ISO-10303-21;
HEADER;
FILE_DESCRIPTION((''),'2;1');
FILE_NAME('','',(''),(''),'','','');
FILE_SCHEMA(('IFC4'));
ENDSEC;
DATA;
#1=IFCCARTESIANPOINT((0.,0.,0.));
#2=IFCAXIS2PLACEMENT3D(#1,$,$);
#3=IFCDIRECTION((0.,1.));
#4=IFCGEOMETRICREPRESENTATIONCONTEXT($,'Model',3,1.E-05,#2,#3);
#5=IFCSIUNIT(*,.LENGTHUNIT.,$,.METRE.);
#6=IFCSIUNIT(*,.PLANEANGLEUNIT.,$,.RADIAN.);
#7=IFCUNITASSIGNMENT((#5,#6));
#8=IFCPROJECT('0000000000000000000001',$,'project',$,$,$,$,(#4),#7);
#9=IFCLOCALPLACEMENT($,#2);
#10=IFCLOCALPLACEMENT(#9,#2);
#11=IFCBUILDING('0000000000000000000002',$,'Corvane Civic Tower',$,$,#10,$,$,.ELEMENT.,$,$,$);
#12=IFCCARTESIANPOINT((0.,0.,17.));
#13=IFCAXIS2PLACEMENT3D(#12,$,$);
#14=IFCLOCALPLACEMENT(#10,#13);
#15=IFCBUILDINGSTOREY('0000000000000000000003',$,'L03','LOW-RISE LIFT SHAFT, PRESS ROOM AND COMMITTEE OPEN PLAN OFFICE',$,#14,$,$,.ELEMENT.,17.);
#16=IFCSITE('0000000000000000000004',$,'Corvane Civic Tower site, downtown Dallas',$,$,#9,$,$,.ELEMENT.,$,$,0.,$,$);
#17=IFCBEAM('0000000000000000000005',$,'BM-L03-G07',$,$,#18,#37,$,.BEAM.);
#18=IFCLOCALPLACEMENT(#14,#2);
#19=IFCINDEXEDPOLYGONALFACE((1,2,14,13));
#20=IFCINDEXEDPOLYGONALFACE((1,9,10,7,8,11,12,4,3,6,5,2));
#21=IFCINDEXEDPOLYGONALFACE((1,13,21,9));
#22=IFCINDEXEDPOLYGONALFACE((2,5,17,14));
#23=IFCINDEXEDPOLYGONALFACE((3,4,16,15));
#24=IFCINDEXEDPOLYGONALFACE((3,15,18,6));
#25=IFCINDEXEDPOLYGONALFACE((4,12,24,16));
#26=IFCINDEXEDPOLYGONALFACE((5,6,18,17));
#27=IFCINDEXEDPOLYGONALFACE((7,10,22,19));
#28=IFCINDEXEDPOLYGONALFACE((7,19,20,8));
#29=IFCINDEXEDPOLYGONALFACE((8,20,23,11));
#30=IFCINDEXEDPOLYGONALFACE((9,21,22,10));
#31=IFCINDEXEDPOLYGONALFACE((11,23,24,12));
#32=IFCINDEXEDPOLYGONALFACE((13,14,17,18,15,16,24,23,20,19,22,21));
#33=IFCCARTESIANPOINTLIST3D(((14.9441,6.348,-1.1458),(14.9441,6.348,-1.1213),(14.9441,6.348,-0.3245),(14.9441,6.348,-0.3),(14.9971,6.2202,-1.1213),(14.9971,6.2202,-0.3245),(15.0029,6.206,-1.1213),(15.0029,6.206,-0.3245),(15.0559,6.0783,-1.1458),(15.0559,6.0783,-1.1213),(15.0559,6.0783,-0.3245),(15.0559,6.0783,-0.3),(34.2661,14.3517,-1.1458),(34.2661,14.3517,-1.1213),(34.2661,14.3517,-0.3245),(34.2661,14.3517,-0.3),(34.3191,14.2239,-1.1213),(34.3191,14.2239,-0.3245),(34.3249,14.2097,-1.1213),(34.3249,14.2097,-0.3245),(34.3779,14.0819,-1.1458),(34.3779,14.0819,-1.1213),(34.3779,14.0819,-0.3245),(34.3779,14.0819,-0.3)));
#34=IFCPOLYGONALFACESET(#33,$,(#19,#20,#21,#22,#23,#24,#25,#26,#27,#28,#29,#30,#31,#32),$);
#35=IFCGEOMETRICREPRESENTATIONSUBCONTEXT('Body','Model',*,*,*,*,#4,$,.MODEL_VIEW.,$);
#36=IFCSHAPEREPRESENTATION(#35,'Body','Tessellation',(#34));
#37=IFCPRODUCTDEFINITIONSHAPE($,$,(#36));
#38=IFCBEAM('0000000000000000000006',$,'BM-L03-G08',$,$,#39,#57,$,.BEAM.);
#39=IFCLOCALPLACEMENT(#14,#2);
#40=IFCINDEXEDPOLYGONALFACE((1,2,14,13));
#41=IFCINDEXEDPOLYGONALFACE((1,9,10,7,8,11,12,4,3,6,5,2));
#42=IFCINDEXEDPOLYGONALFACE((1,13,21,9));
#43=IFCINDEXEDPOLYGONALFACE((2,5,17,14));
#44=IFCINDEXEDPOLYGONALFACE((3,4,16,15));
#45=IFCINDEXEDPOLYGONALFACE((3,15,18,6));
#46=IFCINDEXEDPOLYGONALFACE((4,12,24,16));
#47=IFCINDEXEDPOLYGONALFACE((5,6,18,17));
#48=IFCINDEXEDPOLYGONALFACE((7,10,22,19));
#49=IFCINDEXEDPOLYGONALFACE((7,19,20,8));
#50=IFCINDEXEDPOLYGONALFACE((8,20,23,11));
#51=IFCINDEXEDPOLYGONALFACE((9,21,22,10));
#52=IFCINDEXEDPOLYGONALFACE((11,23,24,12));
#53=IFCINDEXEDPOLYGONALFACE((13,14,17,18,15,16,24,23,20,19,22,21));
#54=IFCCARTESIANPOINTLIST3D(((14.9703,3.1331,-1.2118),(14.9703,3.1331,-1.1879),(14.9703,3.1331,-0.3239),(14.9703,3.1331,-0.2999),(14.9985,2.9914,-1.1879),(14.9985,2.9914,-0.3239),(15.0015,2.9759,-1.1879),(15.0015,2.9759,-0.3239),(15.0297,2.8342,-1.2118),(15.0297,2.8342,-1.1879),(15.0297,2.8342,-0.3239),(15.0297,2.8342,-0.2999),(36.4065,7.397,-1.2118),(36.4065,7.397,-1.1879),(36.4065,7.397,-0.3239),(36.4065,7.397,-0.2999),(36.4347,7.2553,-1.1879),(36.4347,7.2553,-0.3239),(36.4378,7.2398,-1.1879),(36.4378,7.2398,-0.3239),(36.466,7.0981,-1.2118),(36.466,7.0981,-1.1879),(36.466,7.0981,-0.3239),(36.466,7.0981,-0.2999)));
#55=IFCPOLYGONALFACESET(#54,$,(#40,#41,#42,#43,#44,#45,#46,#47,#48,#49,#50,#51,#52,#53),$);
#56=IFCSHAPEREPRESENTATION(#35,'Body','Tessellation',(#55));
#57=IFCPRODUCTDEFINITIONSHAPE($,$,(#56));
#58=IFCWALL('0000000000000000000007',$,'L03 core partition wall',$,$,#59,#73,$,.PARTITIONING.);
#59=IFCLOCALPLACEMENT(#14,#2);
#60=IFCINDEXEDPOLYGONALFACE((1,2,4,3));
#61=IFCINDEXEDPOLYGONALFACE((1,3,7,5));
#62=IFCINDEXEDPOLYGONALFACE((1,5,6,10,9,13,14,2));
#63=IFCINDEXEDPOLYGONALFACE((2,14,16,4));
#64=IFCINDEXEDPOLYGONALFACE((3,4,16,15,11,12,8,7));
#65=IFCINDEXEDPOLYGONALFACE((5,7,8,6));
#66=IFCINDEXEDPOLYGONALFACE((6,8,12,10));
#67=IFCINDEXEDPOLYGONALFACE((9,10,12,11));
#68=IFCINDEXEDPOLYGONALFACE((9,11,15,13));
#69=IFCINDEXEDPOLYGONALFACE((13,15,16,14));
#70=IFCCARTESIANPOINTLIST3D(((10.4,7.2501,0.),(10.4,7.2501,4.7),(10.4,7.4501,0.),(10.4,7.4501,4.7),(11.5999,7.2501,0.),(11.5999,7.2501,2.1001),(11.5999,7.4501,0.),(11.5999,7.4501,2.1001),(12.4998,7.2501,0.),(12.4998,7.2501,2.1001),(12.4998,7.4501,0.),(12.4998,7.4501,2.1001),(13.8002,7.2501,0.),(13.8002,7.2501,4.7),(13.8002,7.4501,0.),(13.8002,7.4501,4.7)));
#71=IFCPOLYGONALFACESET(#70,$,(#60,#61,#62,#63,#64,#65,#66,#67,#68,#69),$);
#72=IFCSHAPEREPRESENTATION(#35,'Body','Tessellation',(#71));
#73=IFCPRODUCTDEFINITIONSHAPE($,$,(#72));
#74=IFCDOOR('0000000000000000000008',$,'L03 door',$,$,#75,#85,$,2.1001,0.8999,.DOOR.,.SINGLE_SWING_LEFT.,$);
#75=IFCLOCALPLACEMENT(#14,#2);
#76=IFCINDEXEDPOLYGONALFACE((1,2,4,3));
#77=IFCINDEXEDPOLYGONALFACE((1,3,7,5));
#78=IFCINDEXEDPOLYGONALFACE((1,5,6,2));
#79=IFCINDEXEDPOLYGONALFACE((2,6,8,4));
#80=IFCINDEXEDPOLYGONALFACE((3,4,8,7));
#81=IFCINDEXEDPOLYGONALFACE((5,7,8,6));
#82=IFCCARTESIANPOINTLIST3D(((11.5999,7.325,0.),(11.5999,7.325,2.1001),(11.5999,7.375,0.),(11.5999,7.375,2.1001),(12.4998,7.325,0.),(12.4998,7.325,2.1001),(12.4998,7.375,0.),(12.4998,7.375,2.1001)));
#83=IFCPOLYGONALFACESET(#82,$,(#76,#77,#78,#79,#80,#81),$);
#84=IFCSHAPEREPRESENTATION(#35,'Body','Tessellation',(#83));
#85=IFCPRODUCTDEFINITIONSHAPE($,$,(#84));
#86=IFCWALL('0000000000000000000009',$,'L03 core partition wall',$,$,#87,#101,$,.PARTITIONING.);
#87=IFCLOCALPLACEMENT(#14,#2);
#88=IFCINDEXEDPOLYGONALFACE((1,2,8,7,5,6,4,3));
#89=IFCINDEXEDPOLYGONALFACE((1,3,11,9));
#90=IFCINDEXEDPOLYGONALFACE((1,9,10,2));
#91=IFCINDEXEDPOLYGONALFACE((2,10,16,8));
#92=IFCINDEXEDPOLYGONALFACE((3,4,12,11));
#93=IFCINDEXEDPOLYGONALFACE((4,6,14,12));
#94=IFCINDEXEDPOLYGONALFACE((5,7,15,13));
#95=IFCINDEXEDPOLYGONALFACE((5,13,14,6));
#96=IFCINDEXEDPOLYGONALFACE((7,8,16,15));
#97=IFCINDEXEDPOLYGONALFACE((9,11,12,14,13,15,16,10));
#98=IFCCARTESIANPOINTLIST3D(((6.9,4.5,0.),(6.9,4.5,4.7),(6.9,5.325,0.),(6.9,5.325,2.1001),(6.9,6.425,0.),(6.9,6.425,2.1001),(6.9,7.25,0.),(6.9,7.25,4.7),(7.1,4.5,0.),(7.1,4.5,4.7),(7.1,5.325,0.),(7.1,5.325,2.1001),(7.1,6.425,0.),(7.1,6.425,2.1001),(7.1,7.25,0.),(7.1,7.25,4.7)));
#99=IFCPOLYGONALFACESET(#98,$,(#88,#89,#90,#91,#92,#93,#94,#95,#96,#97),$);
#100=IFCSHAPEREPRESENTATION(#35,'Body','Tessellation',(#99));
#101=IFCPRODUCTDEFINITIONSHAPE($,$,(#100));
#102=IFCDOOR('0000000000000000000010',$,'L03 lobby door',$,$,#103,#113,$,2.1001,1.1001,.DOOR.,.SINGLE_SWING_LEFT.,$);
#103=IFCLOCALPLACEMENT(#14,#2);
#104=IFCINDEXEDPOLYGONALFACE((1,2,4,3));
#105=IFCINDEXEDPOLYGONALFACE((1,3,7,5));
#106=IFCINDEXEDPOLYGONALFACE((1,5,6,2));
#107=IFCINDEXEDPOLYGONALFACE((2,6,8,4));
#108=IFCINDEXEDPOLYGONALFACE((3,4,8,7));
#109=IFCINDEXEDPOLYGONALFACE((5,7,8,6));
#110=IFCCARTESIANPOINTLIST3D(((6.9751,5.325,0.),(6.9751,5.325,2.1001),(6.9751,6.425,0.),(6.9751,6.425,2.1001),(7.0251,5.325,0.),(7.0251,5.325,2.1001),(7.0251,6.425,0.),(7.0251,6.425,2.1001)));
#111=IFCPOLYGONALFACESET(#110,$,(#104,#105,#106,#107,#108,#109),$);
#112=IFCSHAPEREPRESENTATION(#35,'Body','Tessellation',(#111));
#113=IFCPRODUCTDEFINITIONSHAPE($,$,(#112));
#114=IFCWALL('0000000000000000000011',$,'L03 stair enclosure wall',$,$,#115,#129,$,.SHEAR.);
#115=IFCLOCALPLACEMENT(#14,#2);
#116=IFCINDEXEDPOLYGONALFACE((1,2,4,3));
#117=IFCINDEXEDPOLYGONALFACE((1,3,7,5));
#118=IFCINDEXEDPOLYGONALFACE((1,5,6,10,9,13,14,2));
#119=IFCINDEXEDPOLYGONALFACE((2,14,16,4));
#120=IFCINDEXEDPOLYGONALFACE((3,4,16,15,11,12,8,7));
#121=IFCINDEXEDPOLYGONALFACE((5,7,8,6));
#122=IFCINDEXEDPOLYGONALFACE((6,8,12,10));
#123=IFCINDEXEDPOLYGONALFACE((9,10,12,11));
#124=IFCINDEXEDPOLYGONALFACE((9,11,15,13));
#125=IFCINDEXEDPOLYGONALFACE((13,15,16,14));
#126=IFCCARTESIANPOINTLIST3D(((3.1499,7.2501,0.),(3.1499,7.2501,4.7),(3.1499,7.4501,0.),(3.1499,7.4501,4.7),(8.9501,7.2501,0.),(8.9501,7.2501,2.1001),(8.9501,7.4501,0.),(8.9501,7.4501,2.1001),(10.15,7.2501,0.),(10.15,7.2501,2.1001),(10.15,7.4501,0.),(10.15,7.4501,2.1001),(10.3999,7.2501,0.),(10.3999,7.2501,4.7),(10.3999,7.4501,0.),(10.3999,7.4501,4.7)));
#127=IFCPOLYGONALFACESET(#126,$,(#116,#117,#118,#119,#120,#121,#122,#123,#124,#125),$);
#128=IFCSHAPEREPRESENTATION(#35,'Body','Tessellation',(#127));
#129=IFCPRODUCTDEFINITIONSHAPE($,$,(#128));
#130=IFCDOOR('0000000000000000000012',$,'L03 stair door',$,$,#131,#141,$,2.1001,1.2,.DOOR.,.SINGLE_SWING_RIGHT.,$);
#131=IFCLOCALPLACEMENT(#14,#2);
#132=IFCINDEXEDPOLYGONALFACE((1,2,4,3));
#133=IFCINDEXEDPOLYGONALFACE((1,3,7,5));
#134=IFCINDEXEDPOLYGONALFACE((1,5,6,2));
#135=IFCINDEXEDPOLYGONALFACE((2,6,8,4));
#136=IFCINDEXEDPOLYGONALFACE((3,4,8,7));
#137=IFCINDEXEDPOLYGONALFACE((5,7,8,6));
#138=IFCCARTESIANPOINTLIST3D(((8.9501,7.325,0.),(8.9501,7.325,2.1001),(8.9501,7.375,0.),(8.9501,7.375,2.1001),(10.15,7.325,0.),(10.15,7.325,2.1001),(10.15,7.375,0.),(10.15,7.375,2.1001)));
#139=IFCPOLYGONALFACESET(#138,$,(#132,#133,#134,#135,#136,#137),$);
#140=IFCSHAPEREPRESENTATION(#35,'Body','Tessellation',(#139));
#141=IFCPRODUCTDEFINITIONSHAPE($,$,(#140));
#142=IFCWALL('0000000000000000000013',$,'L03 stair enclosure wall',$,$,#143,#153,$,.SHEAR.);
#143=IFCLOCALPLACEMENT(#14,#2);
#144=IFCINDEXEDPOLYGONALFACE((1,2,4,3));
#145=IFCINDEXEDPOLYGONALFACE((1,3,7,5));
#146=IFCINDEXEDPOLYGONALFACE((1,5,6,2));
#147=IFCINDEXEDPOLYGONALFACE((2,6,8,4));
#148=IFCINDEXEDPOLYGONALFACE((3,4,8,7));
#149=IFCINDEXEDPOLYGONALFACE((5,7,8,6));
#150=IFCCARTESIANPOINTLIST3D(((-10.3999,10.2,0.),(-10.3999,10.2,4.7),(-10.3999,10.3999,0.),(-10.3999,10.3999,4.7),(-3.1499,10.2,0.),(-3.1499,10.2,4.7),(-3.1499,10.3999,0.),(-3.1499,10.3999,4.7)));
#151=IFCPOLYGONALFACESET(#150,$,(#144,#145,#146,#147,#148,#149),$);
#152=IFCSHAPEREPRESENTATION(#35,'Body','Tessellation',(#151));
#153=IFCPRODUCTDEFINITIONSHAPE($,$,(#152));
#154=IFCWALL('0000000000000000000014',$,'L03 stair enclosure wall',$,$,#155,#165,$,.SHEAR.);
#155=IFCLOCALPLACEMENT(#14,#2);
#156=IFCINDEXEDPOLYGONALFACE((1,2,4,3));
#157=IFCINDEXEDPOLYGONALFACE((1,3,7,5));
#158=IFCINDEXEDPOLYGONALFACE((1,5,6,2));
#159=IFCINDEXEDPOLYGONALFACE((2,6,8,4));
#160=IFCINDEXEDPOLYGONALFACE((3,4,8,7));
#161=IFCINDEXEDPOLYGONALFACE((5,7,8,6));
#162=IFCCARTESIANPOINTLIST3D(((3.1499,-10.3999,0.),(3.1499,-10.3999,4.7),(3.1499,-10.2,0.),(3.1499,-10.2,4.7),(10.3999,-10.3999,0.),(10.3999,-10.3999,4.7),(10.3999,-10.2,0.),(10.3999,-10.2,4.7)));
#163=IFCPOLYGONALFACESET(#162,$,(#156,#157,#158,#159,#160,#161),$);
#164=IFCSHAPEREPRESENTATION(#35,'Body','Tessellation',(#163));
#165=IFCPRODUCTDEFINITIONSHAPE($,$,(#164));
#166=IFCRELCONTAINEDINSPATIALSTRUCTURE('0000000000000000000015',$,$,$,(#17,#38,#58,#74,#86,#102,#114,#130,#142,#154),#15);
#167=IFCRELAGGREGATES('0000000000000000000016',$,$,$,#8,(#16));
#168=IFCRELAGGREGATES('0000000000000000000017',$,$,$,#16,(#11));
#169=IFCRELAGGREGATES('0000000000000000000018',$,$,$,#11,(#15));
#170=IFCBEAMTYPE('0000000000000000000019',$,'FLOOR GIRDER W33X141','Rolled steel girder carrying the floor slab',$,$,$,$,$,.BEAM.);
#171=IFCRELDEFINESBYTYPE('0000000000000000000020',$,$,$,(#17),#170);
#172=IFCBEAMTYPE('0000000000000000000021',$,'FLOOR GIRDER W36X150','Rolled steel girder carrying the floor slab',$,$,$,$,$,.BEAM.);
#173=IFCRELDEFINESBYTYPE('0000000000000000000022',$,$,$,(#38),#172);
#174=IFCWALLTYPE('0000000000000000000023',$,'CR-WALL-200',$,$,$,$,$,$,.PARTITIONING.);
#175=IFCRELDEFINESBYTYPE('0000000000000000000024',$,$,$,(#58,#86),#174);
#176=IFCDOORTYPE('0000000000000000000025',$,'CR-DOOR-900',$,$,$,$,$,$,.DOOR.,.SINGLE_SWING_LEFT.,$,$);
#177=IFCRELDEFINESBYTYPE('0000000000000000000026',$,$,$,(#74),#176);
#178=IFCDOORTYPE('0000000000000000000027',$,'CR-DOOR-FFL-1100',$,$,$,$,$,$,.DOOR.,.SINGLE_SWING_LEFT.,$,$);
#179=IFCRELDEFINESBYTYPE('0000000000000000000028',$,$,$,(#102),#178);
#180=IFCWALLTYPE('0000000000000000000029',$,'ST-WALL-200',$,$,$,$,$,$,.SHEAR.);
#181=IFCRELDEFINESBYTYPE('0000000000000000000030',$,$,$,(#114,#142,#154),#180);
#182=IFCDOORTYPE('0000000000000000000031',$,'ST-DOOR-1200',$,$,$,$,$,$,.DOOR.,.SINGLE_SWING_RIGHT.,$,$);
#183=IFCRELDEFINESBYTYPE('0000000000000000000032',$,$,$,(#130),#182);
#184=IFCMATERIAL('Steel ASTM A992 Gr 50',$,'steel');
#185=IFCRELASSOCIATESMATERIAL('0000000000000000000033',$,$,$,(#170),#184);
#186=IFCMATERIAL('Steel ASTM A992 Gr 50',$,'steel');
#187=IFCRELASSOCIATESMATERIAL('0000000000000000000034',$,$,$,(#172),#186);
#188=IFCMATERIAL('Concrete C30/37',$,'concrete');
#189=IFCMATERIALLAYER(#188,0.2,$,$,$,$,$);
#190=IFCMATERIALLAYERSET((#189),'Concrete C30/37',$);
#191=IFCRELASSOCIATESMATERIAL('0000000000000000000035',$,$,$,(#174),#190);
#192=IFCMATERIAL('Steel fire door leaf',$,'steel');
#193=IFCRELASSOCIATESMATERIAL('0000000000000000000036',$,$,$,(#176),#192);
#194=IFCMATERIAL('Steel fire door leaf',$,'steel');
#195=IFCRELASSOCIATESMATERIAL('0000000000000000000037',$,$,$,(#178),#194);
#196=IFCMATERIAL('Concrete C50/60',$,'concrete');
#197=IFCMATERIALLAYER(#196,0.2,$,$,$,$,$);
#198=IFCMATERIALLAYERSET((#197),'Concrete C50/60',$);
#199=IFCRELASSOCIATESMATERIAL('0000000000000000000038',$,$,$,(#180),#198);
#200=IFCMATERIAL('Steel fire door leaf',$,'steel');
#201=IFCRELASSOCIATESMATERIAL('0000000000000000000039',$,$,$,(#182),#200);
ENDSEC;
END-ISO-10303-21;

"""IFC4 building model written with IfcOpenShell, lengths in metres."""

from ifc_helpers import new_model, si_unit, direction, frame, frame_2d, origin, origin_2d, place, context, subcontext, project, spatial, polyline, rectangle, i_section, outline, extrude, material, layer, layer_set, material_profile, profile_set, type_object, element, fill, save


model = new_model("IFC4")

# Units and contexts
model_context = context("Model", 3, precision=1e-05, world=origin(), true_north=direction((0.0, 1.0)))
body_context = subcontext(model_context, "Body", "Model", "MODEL_VIEW")
ifc_project = project(units=[si_unit("LENGTHUNIT", "METRE"), si_unit("PLANEANGLEUNIT", "RADIAN")], contexts=[model_context])

# Site, building, storey
site_placement = place(None, origin())
site = spatial("IfcSite", under=ifc_project, at=site_placement, Name="Corvane Civic Tower site, downtown Dallas", CompositionType="ELEMENT", RefElevation=0.0)
building_placement = place(site_placement, origin())
building = spatial("IfcBuilding", under=site, at=building_placement, Name="Corvane Civic Tower", CompositionType="ELEMENT")
storey_placement = place(building_placement, frame((0.0, 0.0, 17.0)))
storey = spatial("IfcBuildingStorey", under=building, at=storey_placement, Name="L03", Description="LOW-RISE LIFT SHAFT, PRESS ROOM AND COMMITTEE OPEN PLAN OFFICE", CompositionType="ELEMENT", Elevation=17.0)

# Beams
ifc_material_1 = material(Name="Steel ASTM A992 Gr 50", Category="steel")
ifc_material_profile_1 = material_profile(ifc_material_1, i_section(OverallWidth=0.292, OverallDepth=0.8457, WebThickness=0.0154, FlangeThickness=0.0244, at=origin_2d()), Name="W33X141")
ifc_profile_set_1 = profile_set([ifc_material_profile_1], Name="Steel ASTM A992 Gr 50")
beam_type_1 = type_object("IfcBeamType", Name="FLOOR GIRDER W33X141", Description="Rolled steel girder carrying the floor slab", PredefinedType="BEAM", material=ifc_profile_set_1)
beam_1_placement = place(storey_placement, frame((15.0, 6.2131, -0.7229), z_axis=(0.923876, 0.382692, 0.0), x_axis=(-0.382692, 0.923876, 0.0)))
element("IfcBeam", 1, at=beam_1_placement, inside=storey, type_object=beam_type_1, Name="BM-L03-G07", PredefinedType="BEAM", context=body_context, shape_type="SweptSolid", body=[
    extrude(i_section(OverallWidth=0.292, OverallDepth=0.8457, WebThickness=0.0154, FlangeThickness=0.0244, at=origin_2d()), origin(), (0.0, 0.0, 1.0), 20.9141),
])
ifc_material_2 = material(Name="Steel ASTM A992 Gr 50", Category="steel")
ifc_material_profile_2 = material_profile(ifc_material_2, i_section(OverallWidth=0.3047, OverallDepth=0.9119, WebThickness=0.0159, FlangeThickness=0.0239, at=origin_2d()), Name="W36X150")
ifc_profile_set_2 = profile_set([ifc_material_profile_2], Name="Steel ASTM A992 Gr 50")
beam_type_2 = type_object("IfcBeamType", Name="FLOOR GIRDER W36X150", Description="Rolled steel girder carrying the floor slab", PredefinedType="BEAM", material=ifc_profile_set_2)
beam_2_placement = place(storey_placement, frame((15.0, 2.9836, -0.7559), z_axis=(0.980785, 0.195089, 0.0), x_axis=(-0.195089, 0.980785, 0.0)))
element("IfcBeam", 2, at=beam_2_placement, inside=storey, type_object=beam_type_2, Name="BM-L03-G08", PredefinedType="BEAM", context=body_context, shape_type="SweptSolid", body=[
    extrude(i_section(OverallWidth=0.3047, OverallDepth=0.9119, WebThickness=0.0159, FlangeThickness=0.0239, at=origin_2d()), origin(), (0.0, 0.0, 1.0), 21.8562),
])

# Walls, openings, doors
ifc_material_3 = material(Name="Concrete C30/37", Category="concrete")
ifc_layer_1 = layer(ifc_material_3, 0.2)
ifc_layer_set_1 = layer_set([ifc_layer_1], Name="Concrete C30/37")
wall_type_1 = type_object("IfcWallType", Name="CR-WALL-200", PredefinedType="PARTITIONING", material=ifc_layer_set_1)
wall_1_placement = place(storey_placement, frame((10.3999, 7.3501, 0.0), z_axis=(0.0, 0.0, 1.0), x_axis=(1.0, 0.0, 0.0)))
wall_1 = element("IfcWall", 3, at=wall_1_placement, inside=storey, type_object=wall_type_1, Name="L03 core partition wall", PredefinedType="PARTITIONING", context=body_context, shape_type="SweptSolid", body=[
    extrude(rectangle(XDim=3.4001, YDim=0.2, at=frame_2d((1.7002, 0.0))), origin(), (0.0, 0.0, 1.0), 4.7),
])
opening_1_placement = place(wall_1_placement, frame((1.2, 0.0, 0.0)))
opening_1 = element("IfcOpeningElement", 4, at=opening_1_placement, cuts=wall_1, PredefinedType="OPENING", context=body_context, shape_type="SweptSolid", body=[
    extrude(rectangle(XDim=0.8999, YDim=2.1001, at=frame_2d((0.45, 1.05))), frame((0.0, 0.1099, 0.0), z_axis=(0.0, -1.0, 0.0), x_axis=(1.0, 0.0, 0.0)), (0.0, 0.0, 1.0), 0.22),
])
ifc_material_4 = material(Name="Steel fire door leaf", Category="steel")
door_type_1 = type_object("IfcDoorType", Name="CR-DOOR-900", OperationType="SINGLE_SWING_LEFT", PredefinedType="DOOR", material=ifc_material_4)
door_1_placement = place(opening_1_placement, origin())
door_1 = element("IfcDoor", 5, at=door_1_placement, inside=storey, type_object=door_type_1, Name="L03 door", OperationType="SINGLE_SWING_LEFT", OverallHeight=2.1001, OverallWidth=0.8999, PredefinedType="DOOR", context=body_context, shape_type="SweptSolid", body=[
    extrude(rectangle(XDim=0.8999, YDim=2.1001, at=frame_2d((0.45, 1.05))), frame((0.0, 0.0249, 0.0), z_axis=(0.0, -1.0, 0.0), x_axis=(1.0, 0.0, 0.0)), (0.0, 0.0, 1.0), 0.05),
])
fill(opening_1, door_1)
wall_2_placement = place(storey_placement, frame((7.0, 4.5, 0.0), z_axis=(0.0, 0.0, 1.0), x_axis=(0.0, 1.0, 0.0)))
wall_2 = element("IfcWall", 6, at=wall_2_placement, inside=storey, type_object=wall_type_1, Name="L03 core partition wall", PredefinedType="PARTITIONING", context=body_context, shape_type="SweptSolid", body=[
    extrude(rectangle(XDim=2.75, YDim=0.2, at=frame_2d((1.375, 0.0))), origin(), (0.0, 0.0, 1.0), 4.7),
])
opening_2_placement = place(wall_2_placement, frame((0.825, 0.0, 0.0)))
opening_2 = element("IfcOpeningElement", 7, at=opening_2_placement, cuts=wall_2, PredefinedType="OPENING", context=body_context, shape_type="SweptSolid", body=[
    extrude(rectangle(XDim=1.1001, YDim=2.1001, at=frame_2d((0.55, 1.05))), frame((0.0, 0.1099, 0.0), z_axis=(0.0, -1.0, 0.0), x_axis=(1.0, 0.0, 0.0)), (0.0, 0.0, 1.0), 0.22),
])
ifc_material_5 = material(Name="Steel fire door leaf", Category="steel")
door_type_2 = type_object("IfcDoorType", Name="CR-DOOR-FFL-1100", OperationType="SINGLE_SWING_LEFT", PredefinedType="DOOR", material=ifc_material_5)
door_2_placement = place(opening_2_placement, origin())
door_2 = element("IfcDoor", 8, at=door_2_placement, inside=storey, type_object=door_type_2, Name="L03 lobby door", OperationType="SINGLE_SWING_LEFT", OverallHeight=2.1001, OverallWidth=1.1001, PredefinedType="DOOR", context=body_context, shape_type="SweptSolid", body=[
    extrude(rectangle(XDim=1.1001, YDim=2.1001, at=frame_2d((0.55, 1.05))), frame((0.0, 0.0249, 0.0), z_axis=(0.0, -1.0, 0.0), x_axis=(1.0, 0.0, 0.0)), (0.0, 0.0, 1.0), 0.05),
])
fill(opening_2, door_2)
ifc_material_6 = material(Name="Concrete C50/60", Category="concrete")
ifc_layer_2 = layer(ifc_material_6, 0.2)
ifc_layer_set_2 = layer_set([ifc_layer_2], Name="Concrete C50/60")
wall_type_2 = type_object("IfcWallType", Name="ST-WALL-200", PredefinedType="SHEAR", material=ifc_layer_set_2)
wall_3_placement = place(storey_placement, frame((3.1499, 7.3501, 0.0), z_axis=(0.0, 0.0, 1.0), x_axis=(1.0, 0.0, 0.0)))
wall_3 = element("IfcWall", 9, at=wall_3_placement, inside=storey, type_object=wall_type_2, Name="L03 stair enclosure wall", PredefinedType="SHEAR", context=body_context, shape_type="SweptSolid", body=[
    extrude(rectangle(XDim=7.25, YDim=0.2, at=frame_2d((3.625, 0.0))), origin(), (0.0, 0.0, 1.0), 4.7),
])
opening_3_placement = place(wall_3_placement, frame((5.8, 0.0, 0.0)))
opening_3 = element("IfcOpeningElement", 10, at=opening_3_placement, cuts=wall_3, PredefinedType="OPENING", context=body_context, shape_type="SweptSolid", body=[
    extrude(rectangle(XDim=1.2, YDim=2.1001, at=frame_2d((0.6001, 1.05))), frame((0.0, 0.1099, 0.0), z_axis=(0.0, -1.0, 0.0), x_axis=(1.0, 0.0, 0.0)), (0.0, 0.0, 1.0), 0.22),
])
ifc_material_7 = material(Name="Steel fire door leaf", Category="steel")
door_type_3 = type_object("IfcDoorType", Name="ST-DOOR-1200", OperationType="SINGLE_SWING_RIGHT", PredefinedType="DOOR", material=ifc_material_7)
door_3_placement = place(opening_3_placement, origin())
door_3 = element("IfcDoor", 11, at=door_3_placement, inside=storey, type_object=door_type_3, Name="L03 stair door", OperationType="SINGLE_SWING_RIGHT", OverallHeight=2.1001, OverallWidth=1.2, PredefinedType="DOOR", context=body_context, shape_type="SweptSolid", body=[
    extrude(rectangle(XDim=1.2, YDim=2.1001, at=frame_2d((0.6001, 1.05))), frame((0.0, 0.0249, 0.0), z_axis=(0.0, -1.0, 0.0), x_axis=(1.0, 0.0, 0.0)), (0.0, 0.0, 1.0), 0.05),
])
fill(opening_3, door_3)

# Walls
wall_4_placement = place(storey_placement, origin())
element("IfcWall", 12, at=wall_4_placement, inside=storey, type_object=wall_type_2, Name="L03 stair enclosure wall", PredefinedType="SHEAR", context=body_context, shape_type="SweptSolid", body=[
    extrude(outline(polyline([(-3.1499, 10.2), (-10.3999, 10.2), (-10.3999, 10.3999), (-3.1499, 10.3999), (-3.1499, 10.2)])), origin(), (0.0, 0.0, 1.0), 4.7),
])
wall_5_placement = place(storey_placement, origin())
element("IfcWall", 13, at=wall_5_placement, inside=storey, type_object=wall_type_2, Name="L03 stair enclosure wall", PredefinedType="SHEAR", context=body_context, shape_type="SweptSolid", body=[
    extrude(outline(polyline([(10.3999, -10.3999), (3.1499, -10.3999), (3.1499, -10.2), (10.3999, -10.2), (10.3999, -10.3999)])), origin(), (0.0, 0.0, 1.0), 4.7),
])

save(model, "model.ifc")
